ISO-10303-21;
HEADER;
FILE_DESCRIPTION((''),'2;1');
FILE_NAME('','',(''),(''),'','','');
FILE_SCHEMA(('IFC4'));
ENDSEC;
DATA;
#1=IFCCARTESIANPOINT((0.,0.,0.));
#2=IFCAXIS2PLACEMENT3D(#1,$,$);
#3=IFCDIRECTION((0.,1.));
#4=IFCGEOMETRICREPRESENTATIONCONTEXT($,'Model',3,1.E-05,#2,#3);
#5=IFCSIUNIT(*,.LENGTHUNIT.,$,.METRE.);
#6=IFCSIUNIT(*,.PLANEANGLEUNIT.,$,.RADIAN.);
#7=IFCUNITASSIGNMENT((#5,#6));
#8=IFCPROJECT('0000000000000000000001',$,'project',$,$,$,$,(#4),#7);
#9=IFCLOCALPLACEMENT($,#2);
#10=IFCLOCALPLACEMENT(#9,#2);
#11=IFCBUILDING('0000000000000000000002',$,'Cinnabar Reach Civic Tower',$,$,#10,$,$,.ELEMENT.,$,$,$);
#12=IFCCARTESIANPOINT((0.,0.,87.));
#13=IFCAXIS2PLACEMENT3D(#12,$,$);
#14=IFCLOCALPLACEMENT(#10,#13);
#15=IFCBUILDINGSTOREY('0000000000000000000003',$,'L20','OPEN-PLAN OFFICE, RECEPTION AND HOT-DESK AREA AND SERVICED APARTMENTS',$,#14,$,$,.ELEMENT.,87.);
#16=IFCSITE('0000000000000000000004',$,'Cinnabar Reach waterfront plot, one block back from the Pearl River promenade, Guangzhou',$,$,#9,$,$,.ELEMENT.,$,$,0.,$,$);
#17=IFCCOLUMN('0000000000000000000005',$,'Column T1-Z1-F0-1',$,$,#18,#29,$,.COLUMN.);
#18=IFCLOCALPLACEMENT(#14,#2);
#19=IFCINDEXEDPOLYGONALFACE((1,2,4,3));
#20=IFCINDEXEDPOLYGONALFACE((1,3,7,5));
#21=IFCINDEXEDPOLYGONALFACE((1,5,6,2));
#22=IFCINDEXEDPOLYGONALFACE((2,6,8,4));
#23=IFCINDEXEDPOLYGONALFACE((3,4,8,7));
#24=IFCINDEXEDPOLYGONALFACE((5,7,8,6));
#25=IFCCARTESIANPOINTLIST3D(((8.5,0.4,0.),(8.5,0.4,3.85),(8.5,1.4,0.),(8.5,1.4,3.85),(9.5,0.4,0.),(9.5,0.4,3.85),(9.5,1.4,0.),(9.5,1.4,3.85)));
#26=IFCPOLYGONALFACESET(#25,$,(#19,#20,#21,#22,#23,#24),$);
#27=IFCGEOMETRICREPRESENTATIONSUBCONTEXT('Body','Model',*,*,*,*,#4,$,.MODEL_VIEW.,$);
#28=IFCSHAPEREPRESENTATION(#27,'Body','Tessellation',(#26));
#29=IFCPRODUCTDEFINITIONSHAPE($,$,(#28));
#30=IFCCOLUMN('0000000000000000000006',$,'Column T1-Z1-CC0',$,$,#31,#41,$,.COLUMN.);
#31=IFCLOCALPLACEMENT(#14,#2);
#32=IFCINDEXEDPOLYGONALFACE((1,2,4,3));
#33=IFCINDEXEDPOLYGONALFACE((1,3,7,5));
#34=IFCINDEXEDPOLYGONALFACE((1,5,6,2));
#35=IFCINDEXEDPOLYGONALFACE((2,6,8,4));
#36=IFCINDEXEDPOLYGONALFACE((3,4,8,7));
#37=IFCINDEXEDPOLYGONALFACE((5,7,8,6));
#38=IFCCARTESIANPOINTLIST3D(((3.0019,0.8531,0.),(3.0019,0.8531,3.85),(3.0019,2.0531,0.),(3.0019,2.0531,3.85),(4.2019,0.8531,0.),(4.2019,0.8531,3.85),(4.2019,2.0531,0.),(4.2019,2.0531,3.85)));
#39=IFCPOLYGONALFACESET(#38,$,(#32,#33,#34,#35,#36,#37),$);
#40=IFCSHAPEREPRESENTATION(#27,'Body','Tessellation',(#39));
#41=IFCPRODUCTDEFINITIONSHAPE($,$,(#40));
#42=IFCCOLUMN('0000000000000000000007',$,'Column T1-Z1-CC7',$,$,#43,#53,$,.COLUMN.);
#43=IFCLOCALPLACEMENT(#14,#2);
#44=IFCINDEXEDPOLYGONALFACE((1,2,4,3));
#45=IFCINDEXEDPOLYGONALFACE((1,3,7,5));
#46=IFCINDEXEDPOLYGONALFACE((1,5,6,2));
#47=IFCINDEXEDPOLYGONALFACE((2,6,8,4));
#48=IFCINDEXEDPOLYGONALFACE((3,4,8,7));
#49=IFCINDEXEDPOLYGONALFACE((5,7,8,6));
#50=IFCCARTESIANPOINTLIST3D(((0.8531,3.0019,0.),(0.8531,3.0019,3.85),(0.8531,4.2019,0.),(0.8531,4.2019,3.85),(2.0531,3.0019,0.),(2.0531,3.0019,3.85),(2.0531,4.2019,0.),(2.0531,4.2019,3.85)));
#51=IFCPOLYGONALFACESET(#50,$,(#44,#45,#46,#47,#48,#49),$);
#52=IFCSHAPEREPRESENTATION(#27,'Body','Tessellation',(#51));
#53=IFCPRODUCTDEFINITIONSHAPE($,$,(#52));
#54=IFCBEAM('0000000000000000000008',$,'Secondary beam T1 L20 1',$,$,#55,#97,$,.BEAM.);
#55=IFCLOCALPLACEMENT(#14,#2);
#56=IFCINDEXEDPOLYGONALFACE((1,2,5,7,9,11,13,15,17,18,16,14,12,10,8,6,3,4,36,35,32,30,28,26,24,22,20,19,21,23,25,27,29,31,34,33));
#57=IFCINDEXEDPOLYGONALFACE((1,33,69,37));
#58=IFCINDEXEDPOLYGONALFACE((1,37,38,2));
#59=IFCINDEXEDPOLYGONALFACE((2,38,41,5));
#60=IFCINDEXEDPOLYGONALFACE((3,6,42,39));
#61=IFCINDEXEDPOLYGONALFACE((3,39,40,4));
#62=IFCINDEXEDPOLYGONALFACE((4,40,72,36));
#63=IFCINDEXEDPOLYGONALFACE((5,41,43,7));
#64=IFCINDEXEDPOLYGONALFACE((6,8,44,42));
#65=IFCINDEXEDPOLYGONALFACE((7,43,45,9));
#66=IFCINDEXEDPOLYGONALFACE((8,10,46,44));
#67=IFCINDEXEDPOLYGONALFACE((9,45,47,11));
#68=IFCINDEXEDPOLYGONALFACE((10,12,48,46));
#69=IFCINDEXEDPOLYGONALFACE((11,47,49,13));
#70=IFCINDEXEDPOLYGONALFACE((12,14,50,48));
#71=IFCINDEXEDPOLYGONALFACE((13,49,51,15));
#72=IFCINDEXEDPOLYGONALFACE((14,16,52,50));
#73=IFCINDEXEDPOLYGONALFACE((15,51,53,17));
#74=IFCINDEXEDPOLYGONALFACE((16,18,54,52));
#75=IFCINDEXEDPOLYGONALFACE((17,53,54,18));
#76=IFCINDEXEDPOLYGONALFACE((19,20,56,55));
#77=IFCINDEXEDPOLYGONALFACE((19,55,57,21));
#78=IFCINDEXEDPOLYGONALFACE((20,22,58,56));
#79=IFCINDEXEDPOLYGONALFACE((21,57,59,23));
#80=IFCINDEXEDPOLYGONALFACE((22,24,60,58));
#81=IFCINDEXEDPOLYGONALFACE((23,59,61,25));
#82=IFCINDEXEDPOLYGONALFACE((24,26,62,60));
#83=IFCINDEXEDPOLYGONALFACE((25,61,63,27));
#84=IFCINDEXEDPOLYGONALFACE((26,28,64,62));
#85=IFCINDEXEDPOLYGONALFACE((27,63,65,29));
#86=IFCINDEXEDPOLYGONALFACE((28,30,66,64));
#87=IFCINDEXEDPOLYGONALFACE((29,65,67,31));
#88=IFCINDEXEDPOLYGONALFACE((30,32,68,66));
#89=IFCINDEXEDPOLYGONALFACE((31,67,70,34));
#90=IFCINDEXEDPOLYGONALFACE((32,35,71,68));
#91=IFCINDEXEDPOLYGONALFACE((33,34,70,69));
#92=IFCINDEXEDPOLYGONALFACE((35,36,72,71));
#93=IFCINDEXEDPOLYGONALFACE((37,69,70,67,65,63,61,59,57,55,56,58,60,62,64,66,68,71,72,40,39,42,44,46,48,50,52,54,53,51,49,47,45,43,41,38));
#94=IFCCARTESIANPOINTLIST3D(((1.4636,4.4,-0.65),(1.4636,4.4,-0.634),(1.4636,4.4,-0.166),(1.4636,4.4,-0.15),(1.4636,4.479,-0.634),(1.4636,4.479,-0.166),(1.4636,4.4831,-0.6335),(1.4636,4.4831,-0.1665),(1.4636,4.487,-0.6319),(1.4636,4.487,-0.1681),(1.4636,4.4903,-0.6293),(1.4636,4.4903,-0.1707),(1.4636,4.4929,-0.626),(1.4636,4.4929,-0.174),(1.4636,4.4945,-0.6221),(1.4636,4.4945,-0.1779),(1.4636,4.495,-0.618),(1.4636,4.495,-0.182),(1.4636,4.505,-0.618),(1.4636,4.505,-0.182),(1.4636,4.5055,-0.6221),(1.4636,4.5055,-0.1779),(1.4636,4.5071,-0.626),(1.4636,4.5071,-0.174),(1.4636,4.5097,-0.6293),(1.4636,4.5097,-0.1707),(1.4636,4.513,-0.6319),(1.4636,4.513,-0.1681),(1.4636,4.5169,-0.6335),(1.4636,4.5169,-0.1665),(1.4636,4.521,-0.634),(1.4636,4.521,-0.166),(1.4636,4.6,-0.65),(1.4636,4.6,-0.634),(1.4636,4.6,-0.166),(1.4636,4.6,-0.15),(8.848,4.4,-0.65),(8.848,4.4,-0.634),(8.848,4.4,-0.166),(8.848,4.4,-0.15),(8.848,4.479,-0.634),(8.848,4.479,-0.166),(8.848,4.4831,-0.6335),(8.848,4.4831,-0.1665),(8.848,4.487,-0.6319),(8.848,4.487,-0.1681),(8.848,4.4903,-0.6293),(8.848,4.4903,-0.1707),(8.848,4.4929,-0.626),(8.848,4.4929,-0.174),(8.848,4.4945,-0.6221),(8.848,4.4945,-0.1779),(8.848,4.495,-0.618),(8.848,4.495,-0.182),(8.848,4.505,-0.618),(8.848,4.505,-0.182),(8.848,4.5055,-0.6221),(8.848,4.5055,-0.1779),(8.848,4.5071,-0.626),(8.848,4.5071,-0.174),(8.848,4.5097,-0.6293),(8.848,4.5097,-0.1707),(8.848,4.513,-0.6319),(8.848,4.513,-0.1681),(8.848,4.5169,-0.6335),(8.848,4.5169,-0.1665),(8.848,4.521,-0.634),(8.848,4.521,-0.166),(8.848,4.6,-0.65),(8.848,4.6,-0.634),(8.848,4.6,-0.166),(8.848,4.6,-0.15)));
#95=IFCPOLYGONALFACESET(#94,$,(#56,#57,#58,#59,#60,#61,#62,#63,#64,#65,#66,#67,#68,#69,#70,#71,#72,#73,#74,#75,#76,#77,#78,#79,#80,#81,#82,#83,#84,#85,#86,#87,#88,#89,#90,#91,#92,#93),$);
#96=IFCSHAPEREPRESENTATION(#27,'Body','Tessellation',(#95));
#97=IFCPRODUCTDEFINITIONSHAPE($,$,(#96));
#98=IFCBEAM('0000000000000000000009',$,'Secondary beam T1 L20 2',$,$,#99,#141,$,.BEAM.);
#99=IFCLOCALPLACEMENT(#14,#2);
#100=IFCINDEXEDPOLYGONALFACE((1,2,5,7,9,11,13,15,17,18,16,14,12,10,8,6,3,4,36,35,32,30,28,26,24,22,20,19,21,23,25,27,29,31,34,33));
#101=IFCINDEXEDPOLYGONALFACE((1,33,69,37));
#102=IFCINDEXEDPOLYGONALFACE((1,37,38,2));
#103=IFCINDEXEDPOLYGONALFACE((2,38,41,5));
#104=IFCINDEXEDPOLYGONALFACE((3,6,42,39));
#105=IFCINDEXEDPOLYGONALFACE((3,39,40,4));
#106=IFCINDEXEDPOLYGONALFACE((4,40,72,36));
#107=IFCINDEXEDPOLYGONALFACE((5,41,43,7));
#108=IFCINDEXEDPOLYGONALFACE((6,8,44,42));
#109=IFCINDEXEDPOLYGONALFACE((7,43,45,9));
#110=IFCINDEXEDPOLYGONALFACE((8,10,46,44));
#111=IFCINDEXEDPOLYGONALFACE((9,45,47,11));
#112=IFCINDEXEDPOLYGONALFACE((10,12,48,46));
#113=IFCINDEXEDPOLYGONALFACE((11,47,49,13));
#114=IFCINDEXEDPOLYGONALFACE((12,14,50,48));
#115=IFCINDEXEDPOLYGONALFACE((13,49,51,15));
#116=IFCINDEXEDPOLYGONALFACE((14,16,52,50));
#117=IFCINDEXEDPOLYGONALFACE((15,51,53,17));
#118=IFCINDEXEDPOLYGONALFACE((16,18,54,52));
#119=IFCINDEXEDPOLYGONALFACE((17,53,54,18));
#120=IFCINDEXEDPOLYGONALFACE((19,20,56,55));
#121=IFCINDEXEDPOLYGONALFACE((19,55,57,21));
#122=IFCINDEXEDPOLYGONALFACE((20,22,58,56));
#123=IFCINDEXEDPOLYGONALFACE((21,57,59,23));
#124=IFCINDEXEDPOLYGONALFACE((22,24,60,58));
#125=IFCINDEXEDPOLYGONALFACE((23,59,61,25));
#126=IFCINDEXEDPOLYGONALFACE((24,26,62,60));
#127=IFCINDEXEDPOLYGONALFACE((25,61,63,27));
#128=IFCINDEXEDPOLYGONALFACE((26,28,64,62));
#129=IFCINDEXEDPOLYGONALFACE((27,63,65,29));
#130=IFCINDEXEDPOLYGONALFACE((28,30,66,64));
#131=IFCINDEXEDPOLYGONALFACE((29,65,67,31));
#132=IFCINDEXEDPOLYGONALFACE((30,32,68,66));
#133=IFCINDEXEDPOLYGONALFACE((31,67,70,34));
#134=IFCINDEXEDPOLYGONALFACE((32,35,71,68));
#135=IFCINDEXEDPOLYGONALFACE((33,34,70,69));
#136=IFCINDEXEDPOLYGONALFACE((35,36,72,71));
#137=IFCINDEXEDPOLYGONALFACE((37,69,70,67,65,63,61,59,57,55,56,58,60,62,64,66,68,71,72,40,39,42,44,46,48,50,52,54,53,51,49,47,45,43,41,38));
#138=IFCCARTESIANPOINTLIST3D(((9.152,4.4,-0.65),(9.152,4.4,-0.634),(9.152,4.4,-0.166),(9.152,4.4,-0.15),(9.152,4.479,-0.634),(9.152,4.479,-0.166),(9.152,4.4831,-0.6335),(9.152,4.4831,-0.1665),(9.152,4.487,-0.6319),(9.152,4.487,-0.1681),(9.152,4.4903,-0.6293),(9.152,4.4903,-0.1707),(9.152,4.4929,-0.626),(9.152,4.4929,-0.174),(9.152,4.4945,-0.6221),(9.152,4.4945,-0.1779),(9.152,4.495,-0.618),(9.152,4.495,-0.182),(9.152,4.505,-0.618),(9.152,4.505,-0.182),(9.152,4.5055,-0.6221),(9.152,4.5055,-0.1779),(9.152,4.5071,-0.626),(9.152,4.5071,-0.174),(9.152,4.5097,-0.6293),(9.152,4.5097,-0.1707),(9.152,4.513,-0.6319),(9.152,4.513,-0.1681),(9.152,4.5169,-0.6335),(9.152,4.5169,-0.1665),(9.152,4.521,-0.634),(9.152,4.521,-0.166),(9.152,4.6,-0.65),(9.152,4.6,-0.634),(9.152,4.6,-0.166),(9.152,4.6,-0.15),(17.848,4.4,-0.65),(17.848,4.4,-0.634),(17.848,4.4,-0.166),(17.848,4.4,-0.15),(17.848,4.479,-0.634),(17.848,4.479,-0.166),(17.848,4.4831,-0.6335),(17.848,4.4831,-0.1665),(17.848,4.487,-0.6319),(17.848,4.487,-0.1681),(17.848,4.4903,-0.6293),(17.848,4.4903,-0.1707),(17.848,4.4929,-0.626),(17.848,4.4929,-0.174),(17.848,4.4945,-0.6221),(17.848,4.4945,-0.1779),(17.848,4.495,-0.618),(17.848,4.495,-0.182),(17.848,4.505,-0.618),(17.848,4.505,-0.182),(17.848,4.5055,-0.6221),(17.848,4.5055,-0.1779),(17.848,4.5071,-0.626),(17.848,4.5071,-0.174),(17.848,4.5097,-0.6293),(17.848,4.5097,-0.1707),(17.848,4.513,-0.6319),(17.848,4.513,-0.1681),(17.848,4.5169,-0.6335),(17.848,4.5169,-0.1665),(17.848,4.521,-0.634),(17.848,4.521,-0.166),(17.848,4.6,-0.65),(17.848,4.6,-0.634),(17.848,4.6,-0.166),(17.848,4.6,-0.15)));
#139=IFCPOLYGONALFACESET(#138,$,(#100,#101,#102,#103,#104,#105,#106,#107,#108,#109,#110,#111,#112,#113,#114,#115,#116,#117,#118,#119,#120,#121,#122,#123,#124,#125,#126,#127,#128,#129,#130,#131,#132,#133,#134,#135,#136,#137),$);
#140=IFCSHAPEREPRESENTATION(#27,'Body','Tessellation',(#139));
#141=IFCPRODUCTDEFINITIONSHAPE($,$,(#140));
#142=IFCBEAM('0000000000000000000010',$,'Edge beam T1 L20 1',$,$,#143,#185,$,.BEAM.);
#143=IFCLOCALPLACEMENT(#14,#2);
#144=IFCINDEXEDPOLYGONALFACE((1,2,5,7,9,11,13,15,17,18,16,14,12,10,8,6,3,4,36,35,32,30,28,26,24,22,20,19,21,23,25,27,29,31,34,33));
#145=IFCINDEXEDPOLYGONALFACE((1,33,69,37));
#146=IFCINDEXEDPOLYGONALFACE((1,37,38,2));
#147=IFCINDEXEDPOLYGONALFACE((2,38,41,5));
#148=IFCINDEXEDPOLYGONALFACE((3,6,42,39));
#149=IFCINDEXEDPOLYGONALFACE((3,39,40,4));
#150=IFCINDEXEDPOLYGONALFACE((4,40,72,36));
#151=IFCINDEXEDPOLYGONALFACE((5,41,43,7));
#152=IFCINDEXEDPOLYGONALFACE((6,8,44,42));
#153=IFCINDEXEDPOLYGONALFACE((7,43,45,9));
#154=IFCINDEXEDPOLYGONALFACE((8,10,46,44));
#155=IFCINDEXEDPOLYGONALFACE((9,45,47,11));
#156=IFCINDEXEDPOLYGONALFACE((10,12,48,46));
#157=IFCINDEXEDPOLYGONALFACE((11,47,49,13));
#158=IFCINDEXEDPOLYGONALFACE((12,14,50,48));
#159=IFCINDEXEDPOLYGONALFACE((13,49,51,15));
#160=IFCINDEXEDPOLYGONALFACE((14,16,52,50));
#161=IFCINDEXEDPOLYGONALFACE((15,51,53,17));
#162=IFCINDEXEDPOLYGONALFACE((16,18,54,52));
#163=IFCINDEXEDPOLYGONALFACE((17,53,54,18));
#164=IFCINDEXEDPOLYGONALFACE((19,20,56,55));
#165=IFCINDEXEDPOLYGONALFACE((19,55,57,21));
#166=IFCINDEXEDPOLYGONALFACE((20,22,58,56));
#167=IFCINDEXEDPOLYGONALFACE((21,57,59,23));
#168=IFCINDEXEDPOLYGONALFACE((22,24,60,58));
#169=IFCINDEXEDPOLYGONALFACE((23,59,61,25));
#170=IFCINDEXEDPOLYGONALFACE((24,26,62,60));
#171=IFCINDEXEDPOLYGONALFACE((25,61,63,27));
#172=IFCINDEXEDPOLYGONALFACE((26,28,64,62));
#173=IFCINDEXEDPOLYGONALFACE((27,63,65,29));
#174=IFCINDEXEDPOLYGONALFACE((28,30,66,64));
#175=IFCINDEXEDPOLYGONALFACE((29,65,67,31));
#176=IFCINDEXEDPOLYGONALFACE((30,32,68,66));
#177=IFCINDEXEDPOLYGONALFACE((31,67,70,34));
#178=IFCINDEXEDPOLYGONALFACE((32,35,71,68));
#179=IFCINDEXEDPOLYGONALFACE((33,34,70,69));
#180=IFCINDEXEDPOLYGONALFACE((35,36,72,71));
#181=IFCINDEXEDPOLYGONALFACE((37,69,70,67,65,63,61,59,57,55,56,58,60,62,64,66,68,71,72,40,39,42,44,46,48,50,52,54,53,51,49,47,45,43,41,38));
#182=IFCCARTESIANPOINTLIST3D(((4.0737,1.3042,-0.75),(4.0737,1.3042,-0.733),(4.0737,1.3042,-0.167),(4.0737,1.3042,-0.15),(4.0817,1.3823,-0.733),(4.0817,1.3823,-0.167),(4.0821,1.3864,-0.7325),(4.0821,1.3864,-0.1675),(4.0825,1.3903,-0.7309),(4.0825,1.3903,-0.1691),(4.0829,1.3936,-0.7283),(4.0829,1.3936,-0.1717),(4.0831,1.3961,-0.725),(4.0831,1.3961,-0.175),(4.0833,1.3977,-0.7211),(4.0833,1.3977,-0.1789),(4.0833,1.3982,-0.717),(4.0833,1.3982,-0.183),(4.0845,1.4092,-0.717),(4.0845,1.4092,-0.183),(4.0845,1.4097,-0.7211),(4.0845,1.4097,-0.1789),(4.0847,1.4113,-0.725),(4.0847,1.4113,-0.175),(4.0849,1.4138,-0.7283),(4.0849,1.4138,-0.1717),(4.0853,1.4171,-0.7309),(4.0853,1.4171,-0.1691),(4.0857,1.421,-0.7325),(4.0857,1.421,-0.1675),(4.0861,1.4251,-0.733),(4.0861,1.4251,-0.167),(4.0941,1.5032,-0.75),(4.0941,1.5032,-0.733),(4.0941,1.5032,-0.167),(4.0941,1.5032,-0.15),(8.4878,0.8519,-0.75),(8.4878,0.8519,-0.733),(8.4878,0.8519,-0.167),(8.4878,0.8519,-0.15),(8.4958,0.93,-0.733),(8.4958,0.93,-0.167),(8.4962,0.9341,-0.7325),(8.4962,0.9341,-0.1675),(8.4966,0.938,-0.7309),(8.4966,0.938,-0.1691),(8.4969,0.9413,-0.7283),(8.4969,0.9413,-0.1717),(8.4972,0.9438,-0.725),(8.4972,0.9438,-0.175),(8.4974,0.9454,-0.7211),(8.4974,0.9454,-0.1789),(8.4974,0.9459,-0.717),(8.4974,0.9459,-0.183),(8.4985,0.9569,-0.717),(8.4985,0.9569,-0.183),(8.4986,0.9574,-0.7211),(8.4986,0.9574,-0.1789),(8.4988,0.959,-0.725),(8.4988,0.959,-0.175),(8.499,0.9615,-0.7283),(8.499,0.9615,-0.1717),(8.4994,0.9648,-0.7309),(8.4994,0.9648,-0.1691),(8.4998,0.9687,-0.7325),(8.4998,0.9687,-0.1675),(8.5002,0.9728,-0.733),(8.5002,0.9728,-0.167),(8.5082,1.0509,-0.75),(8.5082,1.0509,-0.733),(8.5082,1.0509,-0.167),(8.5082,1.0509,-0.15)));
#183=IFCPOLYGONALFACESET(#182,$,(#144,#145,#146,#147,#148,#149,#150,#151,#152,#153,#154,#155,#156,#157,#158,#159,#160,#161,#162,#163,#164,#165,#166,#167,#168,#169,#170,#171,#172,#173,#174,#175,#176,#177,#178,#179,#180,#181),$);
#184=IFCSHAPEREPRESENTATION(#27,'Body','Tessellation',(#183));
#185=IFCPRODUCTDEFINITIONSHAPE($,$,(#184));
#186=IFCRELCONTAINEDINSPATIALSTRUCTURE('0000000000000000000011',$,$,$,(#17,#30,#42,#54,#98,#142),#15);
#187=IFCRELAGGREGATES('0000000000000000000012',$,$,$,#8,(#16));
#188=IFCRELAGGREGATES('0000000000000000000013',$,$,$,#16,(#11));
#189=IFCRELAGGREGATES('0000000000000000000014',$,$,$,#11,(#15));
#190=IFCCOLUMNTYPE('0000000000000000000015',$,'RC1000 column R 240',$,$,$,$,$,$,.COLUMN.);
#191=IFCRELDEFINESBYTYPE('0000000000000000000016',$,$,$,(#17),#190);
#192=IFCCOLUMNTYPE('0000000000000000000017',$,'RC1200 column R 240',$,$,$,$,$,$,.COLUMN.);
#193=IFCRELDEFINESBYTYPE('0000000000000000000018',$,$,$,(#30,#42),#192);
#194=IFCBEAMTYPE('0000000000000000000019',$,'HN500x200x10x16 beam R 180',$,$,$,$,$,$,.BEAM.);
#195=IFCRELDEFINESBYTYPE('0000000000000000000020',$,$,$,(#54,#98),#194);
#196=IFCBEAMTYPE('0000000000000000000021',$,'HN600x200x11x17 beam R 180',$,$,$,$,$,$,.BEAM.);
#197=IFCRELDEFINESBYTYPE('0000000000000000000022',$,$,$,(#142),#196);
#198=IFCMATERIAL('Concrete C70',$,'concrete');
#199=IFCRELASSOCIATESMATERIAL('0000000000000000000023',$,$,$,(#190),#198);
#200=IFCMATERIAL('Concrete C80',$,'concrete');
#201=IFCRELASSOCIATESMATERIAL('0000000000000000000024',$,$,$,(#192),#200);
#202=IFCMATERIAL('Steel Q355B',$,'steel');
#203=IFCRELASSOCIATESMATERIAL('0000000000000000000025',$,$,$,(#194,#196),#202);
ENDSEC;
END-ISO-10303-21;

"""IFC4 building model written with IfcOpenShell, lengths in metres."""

from ifc_helpers import new_model, si_unit, direction, frame, origin, origin_2d, place, context, subcontext, project, spatial, rectangle, i_section, extrude, material, material_profile, profile_set, type_object, element, save


model = new_model("IFC4")

# Units and contexts
model_context = context("Model", 3, precision=1e-05, world=origin(), true_north=direction((0.0, 1.0)))
body_context = subcontext(model_context, "Body", "Model", "MODEL_VIEW")
ifc_project = project(units=[si_unit("LENGTHUNIT", "METRE"), si_unit("PLANEANGLEUNIT", "RADIAN")], contexts=[model_context])

# Site, building, storey
site_placement = place(None, origin())
site = spatial("IfcSite", under=ifc_project, at=site_placement, Name="Cinnabar Reach waterfront plot, one block back from the Pearl River promenade, Guangzhou", CompositionType="ELEMENT", RefElevation=0.0)
building_placement = place(site_placement, origin())
building = spatial("IfcBuilding", under=site, at=building_placement, Name="Cinnabar Reach Civic Tower", CompositionType="ELEMENT")
storey_placement = place(building_placement, frame((0.0, 0.0, 87.0)))
storey = spatial("IfcBuildingStorey", under=building, at=storey_placement, Name="L20", Description="OPEN-PLAN OFFICE, RECEPTION AND HOT-DESK AREA AND SERVICED APARTMENTS", CompositionType="ELEMENT", Elevation=87.0)

# Columns
ifc_material_1 = material(Name="Concrete C70", Category="concrete")
ifc_material_profile_1 = material_profile(ifc_material_1, rectangle(XDim=1.0, YDim=1.0, at=origin_2d()), Name="RC1000")
ifc_profile_set_1 = profile_set([ifc_material_profile_1], Name="Concrete C70")
column_type_1 = type_object("IfcColumnType", Name="RC1000 column R 240", PredefinedType="COLUMN", material=ifc_profile_set_1)
column_placement = place(storey_placement, frame((9.0, 0.9, 0.0), z_axis=(0.0, 0.0, 1.0), x_axis=(1.0, 0.0, 0.0)))
element("IfcColumn", 1, at=column_placement, inside=storey, type_object=column_type_1, Name="Column T1-Z1-F0-1", PredefinedType="COLUMN", context=body_context, shape_type="SweptSolid", body=[
    extrude(rectangle(XDim=1.0, YDim=1.0, at=origin_2d()), origin(), (0.0, 0.0, 1.0), 3.85),
])
ifc_material_2 = material(Name="Concrete C80", Category="concrete")
ifc_material_profile_2 = material_profile(ifc_material_2, rectangle(XDim=1.2, YDim=1.2, at=origin_2d()), Name="RC1200")
ifc_profile_set_2 = profile_set([ifc_material_profile_2], Name="Concrete C80")
column_type_2 = type_object("IfcColumnType", Name="RC1200 column R 240", PredefinedType="COLUMN", material=ifc_profile_set_2)
for number, where, z_axis, x_axis, name in (
    (2, (3.6019, 1.4531, 0.0), (0.0, 0.0, 1.0), (1.0, 0.0, 0.0), "Column T1-Z1-CC0"),
    (3, (1.4531, 3.6019, 0.0), (0.0, 0.0, 1.0), (1.0, 0.0, 0.0), "Column T1-Z1-CC7"),
):
    element("IfcColumn", number, at=place(storey_placement, frame(where, z_axis=z_axis, x_axis=x_axis)), inside=storey, type_object=column_type_2, Name=name, PredefinedType="COLUMN", context=body_context, shape_type="SweptSolid", body=[
        extrude(rectangle(XDim=1.2, YDim=1.2, at=origin_2d()), origin(), (0.0, 0.0, 1.0), 3.85),
    ])

# Beams
ifc_material_3 = material(Name="Steel Q355B", Category="steel")
ifc_material_profile_3 = material_profile(ifc_material_3, i_section(OverallWidth=0.2, OverallDepth=0.5, WebThickness=0.01, FlangeThickness=0.016, FilletRadius=0.016, at=origin_2d()), Name="HN500x200x10x16")
ifc_profile_set_3 = profile_set([ifc_material_profile_3], Name="Steel Q355B")
beam_type_1 = type_object("IfcBeamType", Name="HN500x200x10x16 beam R 180", PredefinedType="BEAM", material=ifc_profile_set_3)
beam_1_placement = place(storey_placement, frame((1.4636, 4.5, -0.4), z_axis=(1.0, 0.0, 0.0), x_axis=(0.0, 1.0, 0.0)))
element("IfcBeam", 4, at=beam_1_placement, inside=storey, type_object=beam_type_1, Name="Secondary beam T1 L20 1", PredefinedType="BEAM", context=body_context, shape_type="SweptSolid", body=[
    extrude(i_section(OverallWidth=0.2, OverallDepth=0.5, WebThickness=0.01, FlangeThickness=0.016, FilletRadius=0.016, at=origin_2d()), origin(), (0.0, 0.0, 1.0), 7.3844),
])
beam_2_placement = place(storey_placement, frame((9.152, 4.5, -0.4), z_axis=(1.0, 0.0, 0.0), x_axis=(0.0, 1.0, 0.0)))
element("IfcBeam", 5, at=beam_2_placement, inside=storey, type_object=beam_type_1, Name="Secondary beam T1 L20 2", PredefinedType="BEAM", context=body_context, shape_type="SweptSolid", body=[
    extrude(i_section(OverallWidth=0.2, OverallDepth=0.5, WebThickness=0.01, FlangeThickness=0.016, FilletRadius=0.016, at=origin_2d()), origin(), (0.0, 0.0, 1.0), 8.696),
])
ifc_material_profile_4 = material_profile(ifc_material_3, i_section(OverallWidth=0.2, OverallDepth=0.6, WebThickness=0.011, FlangeThickness=0.017, FilletRadius=0.016, at=origin_2d()), Name="HN600x200x11x17")
ifc_profile_set_4 = profile_set([ifc_material_profile_4], Name="Steel Q355B")
beam_type_2 = type_object("IfcBeamType", Name="HN600x200x11x17 beam R 180", PredefinedType="BEAM", material=ifc_profile_set_4)
for number, where, z_axis, x_axis, name in (
    (6, (4.0839, 1.4037, -0.45), (0.994791, -0.101933, 0.0), (0.101933, 0.994791, 0.0), "Edge beam T1 L20 1"),
):
    element("IfcBeam", number, at=place(storey_placement, frame(where, z_axis=z_axis, x_axis=x_axis)), inside=storey, type_object=beam_type_2, Name=name, PredefinedType="BEAM", context=body_context, shape_type="SweptSolid", body=[
        extrude(i_section(OverallWidth=0.2, OverallDepth=0.6, WebThickness=0.011, FlangeThickness=0.017, FilletRadius=0.016, at=origin_2d()), origin(), (0.0, 0.0, 1.0), 4.4372),
    ])

save(model, "model.ifc")
